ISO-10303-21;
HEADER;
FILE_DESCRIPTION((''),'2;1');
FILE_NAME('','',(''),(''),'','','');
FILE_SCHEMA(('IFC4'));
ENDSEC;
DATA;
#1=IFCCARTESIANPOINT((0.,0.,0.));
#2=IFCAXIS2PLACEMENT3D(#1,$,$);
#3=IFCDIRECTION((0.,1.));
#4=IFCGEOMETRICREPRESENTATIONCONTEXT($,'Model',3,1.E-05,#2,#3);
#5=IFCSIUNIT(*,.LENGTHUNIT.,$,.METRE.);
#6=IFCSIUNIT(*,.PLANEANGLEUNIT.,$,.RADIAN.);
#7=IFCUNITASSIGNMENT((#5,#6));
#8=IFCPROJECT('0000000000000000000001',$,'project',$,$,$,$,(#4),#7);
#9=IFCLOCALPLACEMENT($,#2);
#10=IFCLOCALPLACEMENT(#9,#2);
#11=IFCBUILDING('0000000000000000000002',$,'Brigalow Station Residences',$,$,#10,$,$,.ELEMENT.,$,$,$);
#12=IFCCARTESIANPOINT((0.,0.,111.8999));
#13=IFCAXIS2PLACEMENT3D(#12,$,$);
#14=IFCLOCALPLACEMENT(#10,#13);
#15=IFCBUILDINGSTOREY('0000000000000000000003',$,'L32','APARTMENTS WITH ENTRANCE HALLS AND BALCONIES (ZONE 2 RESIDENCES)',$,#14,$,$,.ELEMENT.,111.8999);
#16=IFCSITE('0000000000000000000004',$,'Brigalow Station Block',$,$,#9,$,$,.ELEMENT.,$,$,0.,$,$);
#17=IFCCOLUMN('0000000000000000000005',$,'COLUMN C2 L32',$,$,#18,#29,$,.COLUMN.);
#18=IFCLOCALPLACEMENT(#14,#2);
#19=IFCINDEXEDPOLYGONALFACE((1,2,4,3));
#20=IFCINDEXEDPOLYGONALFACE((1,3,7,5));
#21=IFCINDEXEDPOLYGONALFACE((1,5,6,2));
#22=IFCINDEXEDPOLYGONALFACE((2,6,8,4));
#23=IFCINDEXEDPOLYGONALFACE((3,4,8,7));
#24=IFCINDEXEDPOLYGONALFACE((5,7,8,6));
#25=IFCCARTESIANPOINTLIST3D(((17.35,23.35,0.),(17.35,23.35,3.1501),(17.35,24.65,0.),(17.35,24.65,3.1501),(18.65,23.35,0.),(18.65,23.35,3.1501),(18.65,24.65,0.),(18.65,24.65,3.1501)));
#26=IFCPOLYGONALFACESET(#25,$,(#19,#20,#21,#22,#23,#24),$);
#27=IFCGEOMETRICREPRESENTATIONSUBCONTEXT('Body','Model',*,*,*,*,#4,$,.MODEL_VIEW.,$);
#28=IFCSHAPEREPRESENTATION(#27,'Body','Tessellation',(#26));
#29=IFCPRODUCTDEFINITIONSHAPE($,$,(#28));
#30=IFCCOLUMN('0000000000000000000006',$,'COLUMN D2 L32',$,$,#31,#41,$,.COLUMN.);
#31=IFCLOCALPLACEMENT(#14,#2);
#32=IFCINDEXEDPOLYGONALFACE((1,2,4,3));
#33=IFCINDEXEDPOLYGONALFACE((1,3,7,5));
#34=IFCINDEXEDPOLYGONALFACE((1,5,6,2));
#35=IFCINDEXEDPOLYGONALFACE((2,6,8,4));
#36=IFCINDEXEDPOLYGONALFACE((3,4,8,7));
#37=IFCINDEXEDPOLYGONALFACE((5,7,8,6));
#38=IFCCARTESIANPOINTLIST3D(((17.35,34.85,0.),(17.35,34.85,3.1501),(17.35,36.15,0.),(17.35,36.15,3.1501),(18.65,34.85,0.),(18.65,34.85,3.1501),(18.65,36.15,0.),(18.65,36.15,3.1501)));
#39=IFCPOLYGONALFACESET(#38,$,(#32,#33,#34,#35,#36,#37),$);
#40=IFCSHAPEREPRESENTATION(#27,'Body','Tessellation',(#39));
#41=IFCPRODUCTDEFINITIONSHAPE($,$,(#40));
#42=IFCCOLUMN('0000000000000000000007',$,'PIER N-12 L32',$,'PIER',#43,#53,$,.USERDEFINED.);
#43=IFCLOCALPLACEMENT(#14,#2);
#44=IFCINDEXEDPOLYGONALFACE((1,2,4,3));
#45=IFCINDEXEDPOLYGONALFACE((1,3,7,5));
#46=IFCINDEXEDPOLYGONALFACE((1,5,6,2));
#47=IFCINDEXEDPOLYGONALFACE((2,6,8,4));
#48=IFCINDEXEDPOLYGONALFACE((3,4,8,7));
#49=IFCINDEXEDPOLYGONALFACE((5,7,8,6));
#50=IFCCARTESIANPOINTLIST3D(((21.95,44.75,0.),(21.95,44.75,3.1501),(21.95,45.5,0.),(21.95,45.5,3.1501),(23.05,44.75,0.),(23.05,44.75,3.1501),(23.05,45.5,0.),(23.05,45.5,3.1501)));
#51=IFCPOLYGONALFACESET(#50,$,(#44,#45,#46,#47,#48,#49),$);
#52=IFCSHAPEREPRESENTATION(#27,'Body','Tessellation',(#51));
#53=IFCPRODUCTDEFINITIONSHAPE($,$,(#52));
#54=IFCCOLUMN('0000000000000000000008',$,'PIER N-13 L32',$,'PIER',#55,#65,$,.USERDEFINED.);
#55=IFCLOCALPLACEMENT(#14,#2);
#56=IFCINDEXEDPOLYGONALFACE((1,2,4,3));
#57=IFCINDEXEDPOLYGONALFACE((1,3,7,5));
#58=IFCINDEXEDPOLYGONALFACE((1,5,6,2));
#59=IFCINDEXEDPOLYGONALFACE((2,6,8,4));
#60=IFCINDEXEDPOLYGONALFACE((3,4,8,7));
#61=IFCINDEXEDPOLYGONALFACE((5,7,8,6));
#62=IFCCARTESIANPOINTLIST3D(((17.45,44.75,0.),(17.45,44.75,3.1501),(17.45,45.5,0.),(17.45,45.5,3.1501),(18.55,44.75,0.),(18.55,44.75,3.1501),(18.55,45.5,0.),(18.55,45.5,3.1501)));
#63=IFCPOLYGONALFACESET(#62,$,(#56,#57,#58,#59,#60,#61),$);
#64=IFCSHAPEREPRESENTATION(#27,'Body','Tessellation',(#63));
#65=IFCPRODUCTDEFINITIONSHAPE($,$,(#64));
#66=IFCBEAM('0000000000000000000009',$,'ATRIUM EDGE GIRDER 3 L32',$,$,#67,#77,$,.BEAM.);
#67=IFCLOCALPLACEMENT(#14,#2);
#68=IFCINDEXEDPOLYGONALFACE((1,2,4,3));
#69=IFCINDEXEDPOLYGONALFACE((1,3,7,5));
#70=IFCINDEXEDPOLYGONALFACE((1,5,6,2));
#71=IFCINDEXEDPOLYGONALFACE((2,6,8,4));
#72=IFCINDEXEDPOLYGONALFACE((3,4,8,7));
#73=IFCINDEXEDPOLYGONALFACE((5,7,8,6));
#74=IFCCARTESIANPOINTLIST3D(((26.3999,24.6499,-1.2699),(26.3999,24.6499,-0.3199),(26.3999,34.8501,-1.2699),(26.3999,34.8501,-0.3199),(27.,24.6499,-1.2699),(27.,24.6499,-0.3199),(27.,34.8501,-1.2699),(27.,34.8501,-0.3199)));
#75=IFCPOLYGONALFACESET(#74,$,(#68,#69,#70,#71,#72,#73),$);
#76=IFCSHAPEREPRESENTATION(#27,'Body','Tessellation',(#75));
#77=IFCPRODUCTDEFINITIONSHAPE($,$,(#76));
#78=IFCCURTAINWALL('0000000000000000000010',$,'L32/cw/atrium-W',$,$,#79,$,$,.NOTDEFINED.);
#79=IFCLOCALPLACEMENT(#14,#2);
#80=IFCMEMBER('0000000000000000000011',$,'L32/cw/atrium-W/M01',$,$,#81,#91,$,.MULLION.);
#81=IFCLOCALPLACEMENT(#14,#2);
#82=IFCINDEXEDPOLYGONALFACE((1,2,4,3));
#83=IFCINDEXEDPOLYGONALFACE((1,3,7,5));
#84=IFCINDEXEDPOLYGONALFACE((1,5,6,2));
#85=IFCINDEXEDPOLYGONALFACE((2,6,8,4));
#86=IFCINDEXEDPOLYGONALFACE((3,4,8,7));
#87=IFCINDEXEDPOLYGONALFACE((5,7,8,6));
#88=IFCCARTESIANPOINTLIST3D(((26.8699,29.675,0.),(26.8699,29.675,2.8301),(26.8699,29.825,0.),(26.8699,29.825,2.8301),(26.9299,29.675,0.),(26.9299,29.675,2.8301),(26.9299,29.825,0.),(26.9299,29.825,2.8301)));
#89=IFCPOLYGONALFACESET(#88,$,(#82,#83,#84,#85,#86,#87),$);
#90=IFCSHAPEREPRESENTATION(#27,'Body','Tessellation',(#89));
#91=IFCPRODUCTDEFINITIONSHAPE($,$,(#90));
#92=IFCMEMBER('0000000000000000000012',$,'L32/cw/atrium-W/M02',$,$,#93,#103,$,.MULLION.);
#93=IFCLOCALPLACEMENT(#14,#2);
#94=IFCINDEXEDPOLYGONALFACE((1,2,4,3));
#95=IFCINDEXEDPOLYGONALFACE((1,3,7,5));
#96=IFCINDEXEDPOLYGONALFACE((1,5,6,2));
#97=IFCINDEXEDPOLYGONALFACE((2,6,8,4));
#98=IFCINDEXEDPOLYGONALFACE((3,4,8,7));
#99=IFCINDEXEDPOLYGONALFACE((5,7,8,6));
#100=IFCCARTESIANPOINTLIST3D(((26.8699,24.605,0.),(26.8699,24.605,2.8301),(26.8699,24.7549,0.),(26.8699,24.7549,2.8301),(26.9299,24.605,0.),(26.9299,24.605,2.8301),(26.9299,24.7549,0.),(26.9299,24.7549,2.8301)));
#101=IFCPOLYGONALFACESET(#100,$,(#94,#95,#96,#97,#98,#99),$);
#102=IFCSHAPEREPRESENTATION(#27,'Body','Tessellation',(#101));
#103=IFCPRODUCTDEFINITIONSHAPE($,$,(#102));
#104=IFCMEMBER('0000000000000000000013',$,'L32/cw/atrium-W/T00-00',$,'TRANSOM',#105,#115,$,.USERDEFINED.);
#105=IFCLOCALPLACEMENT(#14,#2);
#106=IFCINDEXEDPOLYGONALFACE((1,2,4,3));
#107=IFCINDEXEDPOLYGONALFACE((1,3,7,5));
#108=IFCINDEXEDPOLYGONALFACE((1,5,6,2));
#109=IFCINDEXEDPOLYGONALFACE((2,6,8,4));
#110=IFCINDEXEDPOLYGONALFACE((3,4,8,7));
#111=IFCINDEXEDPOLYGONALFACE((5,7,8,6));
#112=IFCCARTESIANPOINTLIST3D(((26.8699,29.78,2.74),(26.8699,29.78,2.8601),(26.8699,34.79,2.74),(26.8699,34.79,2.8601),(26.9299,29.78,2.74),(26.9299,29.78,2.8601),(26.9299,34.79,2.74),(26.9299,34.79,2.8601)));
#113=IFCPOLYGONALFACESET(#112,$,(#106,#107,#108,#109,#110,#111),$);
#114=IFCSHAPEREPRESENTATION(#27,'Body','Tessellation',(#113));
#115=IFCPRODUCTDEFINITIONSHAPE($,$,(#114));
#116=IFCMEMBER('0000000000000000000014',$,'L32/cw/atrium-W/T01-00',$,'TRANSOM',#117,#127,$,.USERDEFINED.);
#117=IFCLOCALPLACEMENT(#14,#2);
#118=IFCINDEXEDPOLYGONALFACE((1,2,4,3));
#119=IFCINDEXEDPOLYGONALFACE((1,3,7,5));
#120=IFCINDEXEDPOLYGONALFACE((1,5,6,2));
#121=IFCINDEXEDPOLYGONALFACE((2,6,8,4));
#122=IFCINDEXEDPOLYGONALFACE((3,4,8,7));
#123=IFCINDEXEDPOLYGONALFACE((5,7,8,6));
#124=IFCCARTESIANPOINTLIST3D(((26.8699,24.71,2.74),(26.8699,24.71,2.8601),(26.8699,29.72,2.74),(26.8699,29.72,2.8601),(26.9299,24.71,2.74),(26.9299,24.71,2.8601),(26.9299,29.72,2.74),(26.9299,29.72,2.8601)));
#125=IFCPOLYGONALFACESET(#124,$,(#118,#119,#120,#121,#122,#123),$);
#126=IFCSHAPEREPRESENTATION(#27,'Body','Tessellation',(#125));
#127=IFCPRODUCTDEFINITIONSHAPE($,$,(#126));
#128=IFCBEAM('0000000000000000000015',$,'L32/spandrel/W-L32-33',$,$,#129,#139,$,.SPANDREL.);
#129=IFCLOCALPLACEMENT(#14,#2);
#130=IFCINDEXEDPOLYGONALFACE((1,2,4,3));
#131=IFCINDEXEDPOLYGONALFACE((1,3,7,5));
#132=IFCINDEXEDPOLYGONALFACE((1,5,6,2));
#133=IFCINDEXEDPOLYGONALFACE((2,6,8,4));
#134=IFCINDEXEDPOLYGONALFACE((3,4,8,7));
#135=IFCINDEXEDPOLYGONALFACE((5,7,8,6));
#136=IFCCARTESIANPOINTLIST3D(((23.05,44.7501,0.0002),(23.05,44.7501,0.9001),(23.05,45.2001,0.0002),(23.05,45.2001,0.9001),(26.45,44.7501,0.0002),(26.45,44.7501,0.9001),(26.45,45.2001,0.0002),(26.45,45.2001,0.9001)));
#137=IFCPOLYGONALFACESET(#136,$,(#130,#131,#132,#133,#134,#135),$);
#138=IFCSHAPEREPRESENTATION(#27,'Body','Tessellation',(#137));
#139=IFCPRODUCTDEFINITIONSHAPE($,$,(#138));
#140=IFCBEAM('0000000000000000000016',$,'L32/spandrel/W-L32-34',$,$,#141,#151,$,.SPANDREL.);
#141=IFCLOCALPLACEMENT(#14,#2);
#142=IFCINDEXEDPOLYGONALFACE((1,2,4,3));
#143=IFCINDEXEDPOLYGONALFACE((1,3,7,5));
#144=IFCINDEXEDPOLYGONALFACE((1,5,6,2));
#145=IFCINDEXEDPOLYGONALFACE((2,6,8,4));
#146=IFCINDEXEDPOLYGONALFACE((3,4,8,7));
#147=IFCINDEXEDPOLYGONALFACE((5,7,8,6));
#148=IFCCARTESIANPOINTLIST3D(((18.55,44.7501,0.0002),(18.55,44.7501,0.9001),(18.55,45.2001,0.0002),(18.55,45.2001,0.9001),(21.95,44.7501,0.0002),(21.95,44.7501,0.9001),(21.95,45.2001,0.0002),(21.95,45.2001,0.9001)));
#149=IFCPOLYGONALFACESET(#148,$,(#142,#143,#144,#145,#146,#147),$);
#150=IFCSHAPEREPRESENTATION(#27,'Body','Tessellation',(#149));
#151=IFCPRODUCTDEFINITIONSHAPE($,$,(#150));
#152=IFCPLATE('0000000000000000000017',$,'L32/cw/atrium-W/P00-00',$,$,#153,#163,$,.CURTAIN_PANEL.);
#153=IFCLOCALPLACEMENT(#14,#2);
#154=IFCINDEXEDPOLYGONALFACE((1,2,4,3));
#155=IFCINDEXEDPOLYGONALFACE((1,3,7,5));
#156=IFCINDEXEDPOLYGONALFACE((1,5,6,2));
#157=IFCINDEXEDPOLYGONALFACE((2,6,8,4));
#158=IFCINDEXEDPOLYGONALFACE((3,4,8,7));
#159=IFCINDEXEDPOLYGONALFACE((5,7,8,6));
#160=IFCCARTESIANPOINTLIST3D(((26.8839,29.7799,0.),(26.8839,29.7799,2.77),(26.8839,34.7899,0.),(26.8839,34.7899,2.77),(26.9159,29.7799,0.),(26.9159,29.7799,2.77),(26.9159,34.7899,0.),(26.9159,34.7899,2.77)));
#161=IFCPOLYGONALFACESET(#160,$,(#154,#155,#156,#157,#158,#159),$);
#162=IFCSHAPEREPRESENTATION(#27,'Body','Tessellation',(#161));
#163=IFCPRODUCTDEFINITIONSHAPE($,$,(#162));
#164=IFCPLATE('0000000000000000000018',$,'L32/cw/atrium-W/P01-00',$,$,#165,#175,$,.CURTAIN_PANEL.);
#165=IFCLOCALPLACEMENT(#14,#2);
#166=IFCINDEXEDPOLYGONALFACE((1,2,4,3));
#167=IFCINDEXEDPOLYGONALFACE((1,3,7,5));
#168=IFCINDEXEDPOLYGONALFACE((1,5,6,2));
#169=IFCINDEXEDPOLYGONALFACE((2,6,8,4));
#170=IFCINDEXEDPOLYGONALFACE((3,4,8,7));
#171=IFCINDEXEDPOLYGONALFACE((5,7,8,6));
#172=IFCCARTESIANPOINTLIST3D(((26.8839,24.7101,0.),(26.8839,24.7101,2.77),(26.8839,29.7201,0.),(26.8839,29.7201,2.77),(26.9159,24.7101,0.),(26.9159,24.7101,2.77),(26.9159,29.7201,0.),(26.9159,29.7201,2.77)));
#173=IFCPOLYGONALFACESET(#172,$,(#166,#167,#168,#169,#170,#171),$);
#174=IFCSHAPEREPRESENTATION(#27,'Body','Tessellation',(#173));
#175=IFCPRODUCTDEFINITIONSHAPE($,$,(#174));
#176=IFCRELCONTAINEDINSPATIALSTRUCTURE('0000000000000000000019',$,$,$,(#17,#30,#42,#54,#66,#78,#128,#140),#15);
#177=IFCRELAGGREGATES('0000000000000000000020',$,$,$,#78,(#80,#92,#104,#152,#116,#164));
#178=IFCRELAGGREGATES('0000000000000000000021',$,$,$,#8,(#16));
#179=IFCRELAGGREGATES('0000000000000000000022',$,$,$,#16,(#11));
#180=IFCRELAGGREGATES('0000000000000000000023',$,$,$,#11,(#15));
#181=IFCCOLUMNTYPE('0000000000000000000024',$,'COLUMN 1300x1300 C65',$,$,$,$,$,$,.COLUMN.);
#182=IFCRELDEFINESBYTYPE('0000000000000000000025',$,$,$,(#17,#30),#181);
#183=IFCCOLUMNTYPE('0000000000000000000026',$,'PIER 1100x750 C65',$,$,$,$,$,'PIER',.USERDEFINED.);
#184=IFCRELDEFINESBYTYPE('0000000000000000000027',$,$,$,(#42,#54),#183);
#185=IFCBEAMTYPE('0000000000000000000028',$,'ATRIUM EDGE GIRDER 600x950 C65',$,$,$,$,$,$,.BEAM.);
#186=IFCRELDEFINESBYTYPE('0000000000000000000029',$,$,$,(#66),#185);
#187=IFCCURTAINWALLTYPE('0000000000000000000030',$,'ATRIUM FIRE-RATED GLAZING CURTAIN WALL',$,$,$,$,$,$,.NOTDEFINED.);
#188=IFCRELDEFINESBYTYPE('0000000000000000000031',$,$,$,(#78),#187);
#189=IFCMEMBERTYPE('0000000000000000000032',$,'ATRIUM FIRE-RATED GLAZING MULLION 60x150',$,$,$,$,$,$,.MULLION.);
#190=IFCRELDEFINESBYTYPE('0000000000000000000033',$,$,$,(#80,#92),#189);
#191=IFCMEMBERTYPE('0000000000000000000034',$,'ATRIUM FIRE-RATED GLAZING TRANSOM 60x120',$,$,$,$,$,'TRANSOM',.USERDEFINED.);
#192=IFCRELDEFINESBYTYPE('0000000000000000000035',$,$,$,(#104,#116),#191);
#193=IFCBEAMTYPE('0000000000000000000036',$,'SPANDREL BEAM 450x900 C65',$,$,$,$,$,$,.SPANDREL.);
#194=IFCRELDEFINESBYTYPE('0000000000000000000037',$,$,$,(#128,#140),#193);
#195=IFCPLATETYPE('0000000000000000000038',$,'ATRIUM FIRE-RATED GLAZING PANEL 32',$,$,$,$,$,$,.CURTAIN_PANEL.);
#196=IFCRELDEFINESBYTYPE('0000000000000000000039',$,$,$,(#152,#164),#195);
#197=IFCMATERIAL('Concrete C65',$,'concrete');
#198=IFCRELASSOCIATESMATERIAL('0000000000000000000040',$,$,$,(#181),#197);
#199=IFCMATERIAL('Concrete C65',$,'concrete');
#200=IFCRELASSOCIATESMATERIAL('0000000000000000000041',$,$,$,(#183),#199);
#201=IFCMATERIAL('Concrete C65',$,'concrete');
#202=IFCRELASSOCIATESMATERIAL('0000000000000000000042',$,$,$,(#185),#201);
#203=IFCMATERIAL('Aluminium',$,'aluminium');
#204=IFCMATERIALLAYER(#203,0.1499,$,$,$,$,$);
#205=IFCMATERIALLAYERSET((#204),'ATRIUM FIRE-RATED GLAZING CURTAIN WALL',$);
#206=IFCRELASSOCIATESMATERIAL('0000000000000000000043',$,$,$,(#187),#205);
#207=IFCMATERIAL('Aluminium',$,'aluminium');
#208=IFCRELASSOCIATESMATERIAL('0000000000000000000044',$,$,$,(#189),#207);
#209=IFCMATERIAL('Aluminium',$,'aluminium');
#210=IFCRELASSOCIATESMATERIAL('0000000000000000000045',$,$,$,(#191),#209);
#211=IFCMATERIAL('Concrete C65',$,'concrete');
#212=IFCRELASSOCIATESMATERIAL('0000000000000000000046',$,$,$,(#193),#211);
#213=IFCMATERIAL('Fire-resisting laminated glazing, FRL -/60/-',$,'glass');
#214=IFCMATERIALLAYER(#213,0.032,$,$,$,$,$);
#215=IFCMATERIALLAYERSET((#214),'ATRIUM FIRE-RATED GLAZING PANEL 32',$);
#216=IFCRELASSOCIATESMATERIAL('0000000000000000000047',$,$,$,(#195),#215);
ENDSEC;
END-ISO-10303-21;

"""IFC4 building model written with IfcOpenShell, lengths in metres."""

from ifc_helpers import new_model, si_unit, direction, frame, origin, origin_2d, place, context, subcontext, project, spatial, rectangle, extrude, material, layer, layer_set, material_profile, profile_set, type_object, element, aggregate, save


model = new_model("IFC4")

# Units and contexts
model_context = context("Model", 3, precision=1e-05, world=origin(), true_north=direction((0.0, 1.0)))
body_context = subcontext(model_context, "Body", "Model", "MODEL_VIEW")
ifc_project = project(units=[si_unit("LENGTHUNIT", "METRE"), si_unit("PLANEANGLEUNIT", "RADIAN")], contexts=[model_context])

# Site, building, storey
site_placement = place(None, origin())
site = spatial("IfcSite", under=ifc_project, at=site_placement, Name="Brigalow Station Block", CompositionType="ELEMENT", RefElevation=0.0)
building_placement = place(site_placement, origin())
building = spatial("IfcBuilding", under=site, at=building_placement, Name="Brigalow Station Residences", CompositionType="ELEMENT")
storey_placement = place(building_placement, frame((0.0, 0.0, 111.8999)))
storey = spatial("IfcBuildingStorey", under=building, at=storey_placement, Name="L32", Description="APARTMENTS WITH ENTRANCE HALLS AND BALCONIES (ZONE 2 RESIDENCES)", CompositionType="ELEMENT", Elevation=111.8999)

# Columns
ifc_material_1 = material(Name="Concrete C65", Category="concrete")
ifc_material_profile_1 = material_profile(ifc_material_1, rectangle(XDim=1.3, YDim=1.3, at=origin_2d()), Name="RC1300x1300")
ifc_profile_set_1 = profile_set([ifc_material_profile_1], Name="Concrete C65")
column_type_1 = type_object("IfcColumnType", Name="COLUMN 1300x1300 C65", PredefinedType="COLUMN", material=ifc_profile_set_1)
for number, where, z_axis, x_axis, name in (
    (1, (18.0, 24.0, 0.0), (0.0, 0.0, 1.0), (1.0, 0.0, 0.0), "COLUMN C2 L32"),
    (2, (18.0, 35.5, 0.0), (0.0, 0.0, 1.0), (1.0, 0.0, 0.0), "COLUMN D2 L32"),
):
    element("IfcColumn", number, at=place(storey_placement, frame(where, z_axis=z_axis, x_axis=x_axis)), inside=storey, type_object=column_type_1, Name=name, PredefinedType="COLUMN", context=body_context, shape_type="SweptSolid", body=[
        extrude(rectangle(XDim=1.3, YDim=1.3, at=origin_2d()), origin(), (0.0, 0.0, 1.0), 3.1501),
    ])
ifc_material_2 = material(Name="Concrete C65", Category="concrete")
ifc_material_profile_2 = material_profile(ifc_material_2, rectangle(XDim=1.1001, YDim=0.75, at=origin_2d()), Name="RC1100x750")
ifc_profile_set_2 = profile_set([ifc_material_profile_2], Name="Concrete C65")
column_type_2 = type_object("IfcColumnType", Name="PIER 1100x750 C65", ElementType="PIER", PredefinedType="USERDEFINED", material=ifc_profile_set_2)
for number, where, z_axis, x_axis, name in (
    (3, (22.5, 45.125, 0.0), (0.0, 0.0, 1.0), (-1.0, 0.0, 0.0), "PIER N-12 L32"),
    (4, (18.0, 45.125, 0.0), (0.0, 0.0, 1.0), (-1.0, 0.0, 0.0), "PIER N-13 L32"),
):
    element("IfcColumn", number, at=place(storey_placement, frame(where, z_axis=z_axis, x_axis=x_axis)), inside=storey, type_object=column_type_2, Name=name, ObjectType="PIER", PredefinedType="USERDEFINED", context=body_context, shape_type="SweptSolid", body=[
        extrude(rectangle(XDim=1.1001, YDim=0.75, at=origin_2d()), origin(), (0.0, 0.0, 1.0), 3.1501),
    ])

# Beam
ifc_material_3 = material(Name="Concrete C65", Category="concrete")
ifc_material_profile_3 = material_profile(ifc_material_3, rectangle(XDim=0.6001, YDim=0.95, at=origin_2d()), Name="RC600x950")
ifc_profile_set_3 = profile_set([ifc_material_profile_3], Name="Concrete C65")
beam_type_1 = type_object("IfcBeamType", Name="ATRIUM EDGE GIRDER 600x950 C65", PredefinedType="BEAM", material=ifc_profile_set_3)
beam_placement = place(storey_placement, frame((26.7, 24.6499, -0.7949), z_axis=(0.0, 1.0, 0.0), x_axis=(-1.0, 0.0, 0.0)))
element("IfcBeam", 5, at=beam_placement, inside=storey, type_object=beam_type_1, Name="ATRIUM EDGE GIRDER 3 L32", PredefinedType="BEAM", context=body_context, shape_type="SweptSolid", body=[
    extrude(rectangle(XDim=0.6001, YDim=0.95, at=origin_2d()), origin(), (0.0, 0.0, 1.0), 10.2002),
])

# Curtain wall, members
ifc_material_4 = material(Name="Aluminium", Category="aluminium")
ifc_layer_1 = layer(ifc_material_4, 0.1499)
ifc_layer_set_1 = layer_set([ifc_layer_1], Name="ATRIUM FIRE-RATED GLAZING CURTAIN WALL")
curtain_wall_type = type_object("IfcCurtainWallType", Name="ATRIUM FIRE-RATED GLAZING CURTAIN WALL", PredefinedType="NOTDEFINED", material=ifc_layer_set_1)
curtain_wall_placement = place(storey_placement, origin())
curtain_wall = element("IfcCurtainWall", 6, at=curtain_wall_placement, inside=storey, type_object=curtain_wall_type, Name="L32/cw/atrium-W", PredefinedType="NOTDEFINED")
ifc_material_5 = material(Name="Aluminium", Category="aluminium")
ifc_material_profile_4 = material_profile(ifc_material_5, rectangle(XDim=0.0601, YDim=0.1499, at=origin_2d()), Name="ATRIUM FIRE-RATED GLAZING MULLION 60x150")
ifc_profile_set_4 = profile_set([ifc_material_profile_4], Name="Aluminium")
member_type_1 = type_object("IfcMemberType", Name="ATRIUM FIRE-RATED GLAZING MULLION 60x150", PredefinedType="MULLION", material=ifc_profile_set_4)
member_1_placement = place(storey_placement, frame((26.8999, 29.75, 0.0), z_axis=(0.0, 0.0, 1.0), x_axis=(1.0, 0.0, 0.0)))
member_1 = element("IfcMember", 7, at=member_1_placement, type_object=member_type_1, Name="L32/cw/atrium-W/M01", PredefinedType="MULLION", context=body_context, shape_type="SweptSolid", body=[
    extrude(rectangle(XDim=0.0601, YDim=0.1499, at=origin_2d()), origin(), (0.0, 0.0, 1.0), 2.8301),
])
member_2_placement = place(storey_placement, frame((26.8999, 24.6799, 0.0), z_axis=(0.0, 0.0, 1.0), x_axis=(1.0, 0.0, 0.0)))
member_2 = element("IfcMember", 8, at=member_2_placement, type_object=member_type_1, Name="L32/cw/atrium-W/M02", PredefinedType="MULLION", context=body_context, shape_type="SweptSolid", body=[
    extrude(rectangle(XDim=0.0601, YDim=0.1499, at=origin_2d()), origin(), (0.0, 0.0, 1.0), 2.8301),
])
ifc_material_6 = material(Name="Aluminium", Category="aluminium")
ifc_material_profile_5 = material_profile(ifc_material_6, rectangle(XDim=0.0601, YDim=0.1201, at=origin_2d()), Name="ATRIUM FIRE-RATED GLAZING TRANSOM 60x120")
ifc_profile_set_5 = profile_set([ifc_material_profile_5], Name="Aluminium")
member_type_2 = type_object("IfcMemberType", Name="ATRIUM FIRE-RATED GLAZING TRANSOM 60x120", ElementType="TRANSOM", PredefinedType="USERDEFINED", material=ifc_profile_set_5)
member_3_placement = place(storey_placement, frame((26.8999, 34.79, 2.8), z_axis=(0.0, -1.0, 0.0), x_axis=(1.0, 0.0, 0.0)))
member_3 = element("IfcMember", 9, at=member_3_placement, type_object=member_type_2, Name="L32/cw/atrium-W/T00-00", ObjectType="TRANSOM", PredefinedType="USERDEFINED", context=body_context, shape_type="SweptSolid", body=[
    extrude(rectangle(XDim=0.0601, YDim=0.1201, at=origin_2d()), origin(), (0.0, 0.0, 1.0), 5.01),
])
member_4_placement = place(storey_placement, frame((26.8999, 29.72, 2.8), z_axis=(0.0, -1.0, 0.0), x_axis=(1.0, 0.0, 0.0)))
member_4 = element("IfcMember", 10, at=member_4_placement, type_object=member_type_2, Name="L32/cw/atrium-W/T01-00", ObjectType="TRANSOM", PredefinedType="USERDEFINED", context=body_context, shape_type="SweptSolid", body=[
    extrude(rectangle(XDim=0.0601, YDim=0.1201, at=origin_2d()), origin(), (0.0, 0.0, 1.0), 5.01),
])

# Beams
ifc_material_7 = material(Name="Concrete C65", Category="concrete")
ifc_material_profile_6 = material_profile(ifc_material_7, rectangle(XDim=0.45, YDim=0.8999, at=origin_2d()), Name="RC450x900")
ifc_profile_set_6 = profile_set([ifc_material_profile_6], Name="Concrete C65")
beam_type_2 = type_object("IfcBeamType", Name="SPANDREL BEAM 450x900 C65", PredefinedType="SPANDREL", material=ifc_profile_set_6)
for number, where, z_axis, x_axis, name in (
    (11, (26.45, 44.9751, 0.4502), (-1.0, 0.0, 0.0), (0.0, -1.0, 0.0), "L32/spandrel/W-L32-33"),
    (12, (21.95, 44.9751, 0.4502), (-1.0, 0.0, 0.0), (0.0, -1.0, 0.0), "L32/spandrel/W-L32-34"),
):
    element("IfcBeam", number, at=place(storey_placement, frame(where, z_axis=z_axis, x_axis=x_axis)), inside=storey, type_object=beam_type_2, Name=name, PredefinedType="SPANDREL", context=body_context, shape_type="SweptSolid", body=[
        extrude(rectangle(XDim=0.45, YDim=0.8999, at=origin_2d()), origin(), (0.0, 0.0, 1.0), 3.3999),
    ])

# Plates
ifc_material_8 = material(Name="Fire-resisting laminated glazing, FRL -/60/-", Category="glass")
ifc_layer_2 = layer(ifc_material_8, 0.032)
ifc_layer_set_2 = layer_set([ifc_layer_2], Name="ATRIUM FIRE-RATED GLAZING PANEL 32")
plate_type = type_object("IfcPlateType", Name="ATRIUM FIRE-RATED GLAZING PANEL 32", PredefinedType="CURTAIN_PANEL", material=ifc_layer_set_2)
plate_1_placement = place(storey_placement, frame((26.8999, 32.2849, 0.0), z_axis=(0.0, 0.0, 1.0), x_axis=(0.0, -1.0, 0.0)))
plate_1 = element("IfcPlate", 13, at=plate_1_placement, type_object=plate_type, Name="L32/cw/atrium-W/P00-00", PredefinedType="CURTAIN_PANEL", context=body_context, shape_type="SweptSolid", body=[
    extrude(rectangle(XDim=5.01, YDim=0.032, at=origin_2d()), origin(), (0.0, 0.0, 1.0), 2.77),
])
plate_2_placement = place(storey_placement, frame((26.8999, 27.2151, 0.0), z_axis=(0.0, 0.0, 1.0), x_axis=(0.0, -1.0, 0.0)))
plate_2 = element("IfcPlate", 14, at=plate_2_placement, type_object=plate_type, Name="L32/cw/atrium-W/P01-00", PredefinedType="CURTAIN_PANEL", context=body_context, shape_type="SweptSolid", body=[
    extrude(rectangle(XDim=5.01, YDim=0.032, at=origin_2d()), origin(), (0.0, 0.0, 1.0), 2.77),
])
aggregate(curtain_wall, [member_1, member_2, member_3, plate_1, member_4, plate_2])

save(model, "model.ifc")
